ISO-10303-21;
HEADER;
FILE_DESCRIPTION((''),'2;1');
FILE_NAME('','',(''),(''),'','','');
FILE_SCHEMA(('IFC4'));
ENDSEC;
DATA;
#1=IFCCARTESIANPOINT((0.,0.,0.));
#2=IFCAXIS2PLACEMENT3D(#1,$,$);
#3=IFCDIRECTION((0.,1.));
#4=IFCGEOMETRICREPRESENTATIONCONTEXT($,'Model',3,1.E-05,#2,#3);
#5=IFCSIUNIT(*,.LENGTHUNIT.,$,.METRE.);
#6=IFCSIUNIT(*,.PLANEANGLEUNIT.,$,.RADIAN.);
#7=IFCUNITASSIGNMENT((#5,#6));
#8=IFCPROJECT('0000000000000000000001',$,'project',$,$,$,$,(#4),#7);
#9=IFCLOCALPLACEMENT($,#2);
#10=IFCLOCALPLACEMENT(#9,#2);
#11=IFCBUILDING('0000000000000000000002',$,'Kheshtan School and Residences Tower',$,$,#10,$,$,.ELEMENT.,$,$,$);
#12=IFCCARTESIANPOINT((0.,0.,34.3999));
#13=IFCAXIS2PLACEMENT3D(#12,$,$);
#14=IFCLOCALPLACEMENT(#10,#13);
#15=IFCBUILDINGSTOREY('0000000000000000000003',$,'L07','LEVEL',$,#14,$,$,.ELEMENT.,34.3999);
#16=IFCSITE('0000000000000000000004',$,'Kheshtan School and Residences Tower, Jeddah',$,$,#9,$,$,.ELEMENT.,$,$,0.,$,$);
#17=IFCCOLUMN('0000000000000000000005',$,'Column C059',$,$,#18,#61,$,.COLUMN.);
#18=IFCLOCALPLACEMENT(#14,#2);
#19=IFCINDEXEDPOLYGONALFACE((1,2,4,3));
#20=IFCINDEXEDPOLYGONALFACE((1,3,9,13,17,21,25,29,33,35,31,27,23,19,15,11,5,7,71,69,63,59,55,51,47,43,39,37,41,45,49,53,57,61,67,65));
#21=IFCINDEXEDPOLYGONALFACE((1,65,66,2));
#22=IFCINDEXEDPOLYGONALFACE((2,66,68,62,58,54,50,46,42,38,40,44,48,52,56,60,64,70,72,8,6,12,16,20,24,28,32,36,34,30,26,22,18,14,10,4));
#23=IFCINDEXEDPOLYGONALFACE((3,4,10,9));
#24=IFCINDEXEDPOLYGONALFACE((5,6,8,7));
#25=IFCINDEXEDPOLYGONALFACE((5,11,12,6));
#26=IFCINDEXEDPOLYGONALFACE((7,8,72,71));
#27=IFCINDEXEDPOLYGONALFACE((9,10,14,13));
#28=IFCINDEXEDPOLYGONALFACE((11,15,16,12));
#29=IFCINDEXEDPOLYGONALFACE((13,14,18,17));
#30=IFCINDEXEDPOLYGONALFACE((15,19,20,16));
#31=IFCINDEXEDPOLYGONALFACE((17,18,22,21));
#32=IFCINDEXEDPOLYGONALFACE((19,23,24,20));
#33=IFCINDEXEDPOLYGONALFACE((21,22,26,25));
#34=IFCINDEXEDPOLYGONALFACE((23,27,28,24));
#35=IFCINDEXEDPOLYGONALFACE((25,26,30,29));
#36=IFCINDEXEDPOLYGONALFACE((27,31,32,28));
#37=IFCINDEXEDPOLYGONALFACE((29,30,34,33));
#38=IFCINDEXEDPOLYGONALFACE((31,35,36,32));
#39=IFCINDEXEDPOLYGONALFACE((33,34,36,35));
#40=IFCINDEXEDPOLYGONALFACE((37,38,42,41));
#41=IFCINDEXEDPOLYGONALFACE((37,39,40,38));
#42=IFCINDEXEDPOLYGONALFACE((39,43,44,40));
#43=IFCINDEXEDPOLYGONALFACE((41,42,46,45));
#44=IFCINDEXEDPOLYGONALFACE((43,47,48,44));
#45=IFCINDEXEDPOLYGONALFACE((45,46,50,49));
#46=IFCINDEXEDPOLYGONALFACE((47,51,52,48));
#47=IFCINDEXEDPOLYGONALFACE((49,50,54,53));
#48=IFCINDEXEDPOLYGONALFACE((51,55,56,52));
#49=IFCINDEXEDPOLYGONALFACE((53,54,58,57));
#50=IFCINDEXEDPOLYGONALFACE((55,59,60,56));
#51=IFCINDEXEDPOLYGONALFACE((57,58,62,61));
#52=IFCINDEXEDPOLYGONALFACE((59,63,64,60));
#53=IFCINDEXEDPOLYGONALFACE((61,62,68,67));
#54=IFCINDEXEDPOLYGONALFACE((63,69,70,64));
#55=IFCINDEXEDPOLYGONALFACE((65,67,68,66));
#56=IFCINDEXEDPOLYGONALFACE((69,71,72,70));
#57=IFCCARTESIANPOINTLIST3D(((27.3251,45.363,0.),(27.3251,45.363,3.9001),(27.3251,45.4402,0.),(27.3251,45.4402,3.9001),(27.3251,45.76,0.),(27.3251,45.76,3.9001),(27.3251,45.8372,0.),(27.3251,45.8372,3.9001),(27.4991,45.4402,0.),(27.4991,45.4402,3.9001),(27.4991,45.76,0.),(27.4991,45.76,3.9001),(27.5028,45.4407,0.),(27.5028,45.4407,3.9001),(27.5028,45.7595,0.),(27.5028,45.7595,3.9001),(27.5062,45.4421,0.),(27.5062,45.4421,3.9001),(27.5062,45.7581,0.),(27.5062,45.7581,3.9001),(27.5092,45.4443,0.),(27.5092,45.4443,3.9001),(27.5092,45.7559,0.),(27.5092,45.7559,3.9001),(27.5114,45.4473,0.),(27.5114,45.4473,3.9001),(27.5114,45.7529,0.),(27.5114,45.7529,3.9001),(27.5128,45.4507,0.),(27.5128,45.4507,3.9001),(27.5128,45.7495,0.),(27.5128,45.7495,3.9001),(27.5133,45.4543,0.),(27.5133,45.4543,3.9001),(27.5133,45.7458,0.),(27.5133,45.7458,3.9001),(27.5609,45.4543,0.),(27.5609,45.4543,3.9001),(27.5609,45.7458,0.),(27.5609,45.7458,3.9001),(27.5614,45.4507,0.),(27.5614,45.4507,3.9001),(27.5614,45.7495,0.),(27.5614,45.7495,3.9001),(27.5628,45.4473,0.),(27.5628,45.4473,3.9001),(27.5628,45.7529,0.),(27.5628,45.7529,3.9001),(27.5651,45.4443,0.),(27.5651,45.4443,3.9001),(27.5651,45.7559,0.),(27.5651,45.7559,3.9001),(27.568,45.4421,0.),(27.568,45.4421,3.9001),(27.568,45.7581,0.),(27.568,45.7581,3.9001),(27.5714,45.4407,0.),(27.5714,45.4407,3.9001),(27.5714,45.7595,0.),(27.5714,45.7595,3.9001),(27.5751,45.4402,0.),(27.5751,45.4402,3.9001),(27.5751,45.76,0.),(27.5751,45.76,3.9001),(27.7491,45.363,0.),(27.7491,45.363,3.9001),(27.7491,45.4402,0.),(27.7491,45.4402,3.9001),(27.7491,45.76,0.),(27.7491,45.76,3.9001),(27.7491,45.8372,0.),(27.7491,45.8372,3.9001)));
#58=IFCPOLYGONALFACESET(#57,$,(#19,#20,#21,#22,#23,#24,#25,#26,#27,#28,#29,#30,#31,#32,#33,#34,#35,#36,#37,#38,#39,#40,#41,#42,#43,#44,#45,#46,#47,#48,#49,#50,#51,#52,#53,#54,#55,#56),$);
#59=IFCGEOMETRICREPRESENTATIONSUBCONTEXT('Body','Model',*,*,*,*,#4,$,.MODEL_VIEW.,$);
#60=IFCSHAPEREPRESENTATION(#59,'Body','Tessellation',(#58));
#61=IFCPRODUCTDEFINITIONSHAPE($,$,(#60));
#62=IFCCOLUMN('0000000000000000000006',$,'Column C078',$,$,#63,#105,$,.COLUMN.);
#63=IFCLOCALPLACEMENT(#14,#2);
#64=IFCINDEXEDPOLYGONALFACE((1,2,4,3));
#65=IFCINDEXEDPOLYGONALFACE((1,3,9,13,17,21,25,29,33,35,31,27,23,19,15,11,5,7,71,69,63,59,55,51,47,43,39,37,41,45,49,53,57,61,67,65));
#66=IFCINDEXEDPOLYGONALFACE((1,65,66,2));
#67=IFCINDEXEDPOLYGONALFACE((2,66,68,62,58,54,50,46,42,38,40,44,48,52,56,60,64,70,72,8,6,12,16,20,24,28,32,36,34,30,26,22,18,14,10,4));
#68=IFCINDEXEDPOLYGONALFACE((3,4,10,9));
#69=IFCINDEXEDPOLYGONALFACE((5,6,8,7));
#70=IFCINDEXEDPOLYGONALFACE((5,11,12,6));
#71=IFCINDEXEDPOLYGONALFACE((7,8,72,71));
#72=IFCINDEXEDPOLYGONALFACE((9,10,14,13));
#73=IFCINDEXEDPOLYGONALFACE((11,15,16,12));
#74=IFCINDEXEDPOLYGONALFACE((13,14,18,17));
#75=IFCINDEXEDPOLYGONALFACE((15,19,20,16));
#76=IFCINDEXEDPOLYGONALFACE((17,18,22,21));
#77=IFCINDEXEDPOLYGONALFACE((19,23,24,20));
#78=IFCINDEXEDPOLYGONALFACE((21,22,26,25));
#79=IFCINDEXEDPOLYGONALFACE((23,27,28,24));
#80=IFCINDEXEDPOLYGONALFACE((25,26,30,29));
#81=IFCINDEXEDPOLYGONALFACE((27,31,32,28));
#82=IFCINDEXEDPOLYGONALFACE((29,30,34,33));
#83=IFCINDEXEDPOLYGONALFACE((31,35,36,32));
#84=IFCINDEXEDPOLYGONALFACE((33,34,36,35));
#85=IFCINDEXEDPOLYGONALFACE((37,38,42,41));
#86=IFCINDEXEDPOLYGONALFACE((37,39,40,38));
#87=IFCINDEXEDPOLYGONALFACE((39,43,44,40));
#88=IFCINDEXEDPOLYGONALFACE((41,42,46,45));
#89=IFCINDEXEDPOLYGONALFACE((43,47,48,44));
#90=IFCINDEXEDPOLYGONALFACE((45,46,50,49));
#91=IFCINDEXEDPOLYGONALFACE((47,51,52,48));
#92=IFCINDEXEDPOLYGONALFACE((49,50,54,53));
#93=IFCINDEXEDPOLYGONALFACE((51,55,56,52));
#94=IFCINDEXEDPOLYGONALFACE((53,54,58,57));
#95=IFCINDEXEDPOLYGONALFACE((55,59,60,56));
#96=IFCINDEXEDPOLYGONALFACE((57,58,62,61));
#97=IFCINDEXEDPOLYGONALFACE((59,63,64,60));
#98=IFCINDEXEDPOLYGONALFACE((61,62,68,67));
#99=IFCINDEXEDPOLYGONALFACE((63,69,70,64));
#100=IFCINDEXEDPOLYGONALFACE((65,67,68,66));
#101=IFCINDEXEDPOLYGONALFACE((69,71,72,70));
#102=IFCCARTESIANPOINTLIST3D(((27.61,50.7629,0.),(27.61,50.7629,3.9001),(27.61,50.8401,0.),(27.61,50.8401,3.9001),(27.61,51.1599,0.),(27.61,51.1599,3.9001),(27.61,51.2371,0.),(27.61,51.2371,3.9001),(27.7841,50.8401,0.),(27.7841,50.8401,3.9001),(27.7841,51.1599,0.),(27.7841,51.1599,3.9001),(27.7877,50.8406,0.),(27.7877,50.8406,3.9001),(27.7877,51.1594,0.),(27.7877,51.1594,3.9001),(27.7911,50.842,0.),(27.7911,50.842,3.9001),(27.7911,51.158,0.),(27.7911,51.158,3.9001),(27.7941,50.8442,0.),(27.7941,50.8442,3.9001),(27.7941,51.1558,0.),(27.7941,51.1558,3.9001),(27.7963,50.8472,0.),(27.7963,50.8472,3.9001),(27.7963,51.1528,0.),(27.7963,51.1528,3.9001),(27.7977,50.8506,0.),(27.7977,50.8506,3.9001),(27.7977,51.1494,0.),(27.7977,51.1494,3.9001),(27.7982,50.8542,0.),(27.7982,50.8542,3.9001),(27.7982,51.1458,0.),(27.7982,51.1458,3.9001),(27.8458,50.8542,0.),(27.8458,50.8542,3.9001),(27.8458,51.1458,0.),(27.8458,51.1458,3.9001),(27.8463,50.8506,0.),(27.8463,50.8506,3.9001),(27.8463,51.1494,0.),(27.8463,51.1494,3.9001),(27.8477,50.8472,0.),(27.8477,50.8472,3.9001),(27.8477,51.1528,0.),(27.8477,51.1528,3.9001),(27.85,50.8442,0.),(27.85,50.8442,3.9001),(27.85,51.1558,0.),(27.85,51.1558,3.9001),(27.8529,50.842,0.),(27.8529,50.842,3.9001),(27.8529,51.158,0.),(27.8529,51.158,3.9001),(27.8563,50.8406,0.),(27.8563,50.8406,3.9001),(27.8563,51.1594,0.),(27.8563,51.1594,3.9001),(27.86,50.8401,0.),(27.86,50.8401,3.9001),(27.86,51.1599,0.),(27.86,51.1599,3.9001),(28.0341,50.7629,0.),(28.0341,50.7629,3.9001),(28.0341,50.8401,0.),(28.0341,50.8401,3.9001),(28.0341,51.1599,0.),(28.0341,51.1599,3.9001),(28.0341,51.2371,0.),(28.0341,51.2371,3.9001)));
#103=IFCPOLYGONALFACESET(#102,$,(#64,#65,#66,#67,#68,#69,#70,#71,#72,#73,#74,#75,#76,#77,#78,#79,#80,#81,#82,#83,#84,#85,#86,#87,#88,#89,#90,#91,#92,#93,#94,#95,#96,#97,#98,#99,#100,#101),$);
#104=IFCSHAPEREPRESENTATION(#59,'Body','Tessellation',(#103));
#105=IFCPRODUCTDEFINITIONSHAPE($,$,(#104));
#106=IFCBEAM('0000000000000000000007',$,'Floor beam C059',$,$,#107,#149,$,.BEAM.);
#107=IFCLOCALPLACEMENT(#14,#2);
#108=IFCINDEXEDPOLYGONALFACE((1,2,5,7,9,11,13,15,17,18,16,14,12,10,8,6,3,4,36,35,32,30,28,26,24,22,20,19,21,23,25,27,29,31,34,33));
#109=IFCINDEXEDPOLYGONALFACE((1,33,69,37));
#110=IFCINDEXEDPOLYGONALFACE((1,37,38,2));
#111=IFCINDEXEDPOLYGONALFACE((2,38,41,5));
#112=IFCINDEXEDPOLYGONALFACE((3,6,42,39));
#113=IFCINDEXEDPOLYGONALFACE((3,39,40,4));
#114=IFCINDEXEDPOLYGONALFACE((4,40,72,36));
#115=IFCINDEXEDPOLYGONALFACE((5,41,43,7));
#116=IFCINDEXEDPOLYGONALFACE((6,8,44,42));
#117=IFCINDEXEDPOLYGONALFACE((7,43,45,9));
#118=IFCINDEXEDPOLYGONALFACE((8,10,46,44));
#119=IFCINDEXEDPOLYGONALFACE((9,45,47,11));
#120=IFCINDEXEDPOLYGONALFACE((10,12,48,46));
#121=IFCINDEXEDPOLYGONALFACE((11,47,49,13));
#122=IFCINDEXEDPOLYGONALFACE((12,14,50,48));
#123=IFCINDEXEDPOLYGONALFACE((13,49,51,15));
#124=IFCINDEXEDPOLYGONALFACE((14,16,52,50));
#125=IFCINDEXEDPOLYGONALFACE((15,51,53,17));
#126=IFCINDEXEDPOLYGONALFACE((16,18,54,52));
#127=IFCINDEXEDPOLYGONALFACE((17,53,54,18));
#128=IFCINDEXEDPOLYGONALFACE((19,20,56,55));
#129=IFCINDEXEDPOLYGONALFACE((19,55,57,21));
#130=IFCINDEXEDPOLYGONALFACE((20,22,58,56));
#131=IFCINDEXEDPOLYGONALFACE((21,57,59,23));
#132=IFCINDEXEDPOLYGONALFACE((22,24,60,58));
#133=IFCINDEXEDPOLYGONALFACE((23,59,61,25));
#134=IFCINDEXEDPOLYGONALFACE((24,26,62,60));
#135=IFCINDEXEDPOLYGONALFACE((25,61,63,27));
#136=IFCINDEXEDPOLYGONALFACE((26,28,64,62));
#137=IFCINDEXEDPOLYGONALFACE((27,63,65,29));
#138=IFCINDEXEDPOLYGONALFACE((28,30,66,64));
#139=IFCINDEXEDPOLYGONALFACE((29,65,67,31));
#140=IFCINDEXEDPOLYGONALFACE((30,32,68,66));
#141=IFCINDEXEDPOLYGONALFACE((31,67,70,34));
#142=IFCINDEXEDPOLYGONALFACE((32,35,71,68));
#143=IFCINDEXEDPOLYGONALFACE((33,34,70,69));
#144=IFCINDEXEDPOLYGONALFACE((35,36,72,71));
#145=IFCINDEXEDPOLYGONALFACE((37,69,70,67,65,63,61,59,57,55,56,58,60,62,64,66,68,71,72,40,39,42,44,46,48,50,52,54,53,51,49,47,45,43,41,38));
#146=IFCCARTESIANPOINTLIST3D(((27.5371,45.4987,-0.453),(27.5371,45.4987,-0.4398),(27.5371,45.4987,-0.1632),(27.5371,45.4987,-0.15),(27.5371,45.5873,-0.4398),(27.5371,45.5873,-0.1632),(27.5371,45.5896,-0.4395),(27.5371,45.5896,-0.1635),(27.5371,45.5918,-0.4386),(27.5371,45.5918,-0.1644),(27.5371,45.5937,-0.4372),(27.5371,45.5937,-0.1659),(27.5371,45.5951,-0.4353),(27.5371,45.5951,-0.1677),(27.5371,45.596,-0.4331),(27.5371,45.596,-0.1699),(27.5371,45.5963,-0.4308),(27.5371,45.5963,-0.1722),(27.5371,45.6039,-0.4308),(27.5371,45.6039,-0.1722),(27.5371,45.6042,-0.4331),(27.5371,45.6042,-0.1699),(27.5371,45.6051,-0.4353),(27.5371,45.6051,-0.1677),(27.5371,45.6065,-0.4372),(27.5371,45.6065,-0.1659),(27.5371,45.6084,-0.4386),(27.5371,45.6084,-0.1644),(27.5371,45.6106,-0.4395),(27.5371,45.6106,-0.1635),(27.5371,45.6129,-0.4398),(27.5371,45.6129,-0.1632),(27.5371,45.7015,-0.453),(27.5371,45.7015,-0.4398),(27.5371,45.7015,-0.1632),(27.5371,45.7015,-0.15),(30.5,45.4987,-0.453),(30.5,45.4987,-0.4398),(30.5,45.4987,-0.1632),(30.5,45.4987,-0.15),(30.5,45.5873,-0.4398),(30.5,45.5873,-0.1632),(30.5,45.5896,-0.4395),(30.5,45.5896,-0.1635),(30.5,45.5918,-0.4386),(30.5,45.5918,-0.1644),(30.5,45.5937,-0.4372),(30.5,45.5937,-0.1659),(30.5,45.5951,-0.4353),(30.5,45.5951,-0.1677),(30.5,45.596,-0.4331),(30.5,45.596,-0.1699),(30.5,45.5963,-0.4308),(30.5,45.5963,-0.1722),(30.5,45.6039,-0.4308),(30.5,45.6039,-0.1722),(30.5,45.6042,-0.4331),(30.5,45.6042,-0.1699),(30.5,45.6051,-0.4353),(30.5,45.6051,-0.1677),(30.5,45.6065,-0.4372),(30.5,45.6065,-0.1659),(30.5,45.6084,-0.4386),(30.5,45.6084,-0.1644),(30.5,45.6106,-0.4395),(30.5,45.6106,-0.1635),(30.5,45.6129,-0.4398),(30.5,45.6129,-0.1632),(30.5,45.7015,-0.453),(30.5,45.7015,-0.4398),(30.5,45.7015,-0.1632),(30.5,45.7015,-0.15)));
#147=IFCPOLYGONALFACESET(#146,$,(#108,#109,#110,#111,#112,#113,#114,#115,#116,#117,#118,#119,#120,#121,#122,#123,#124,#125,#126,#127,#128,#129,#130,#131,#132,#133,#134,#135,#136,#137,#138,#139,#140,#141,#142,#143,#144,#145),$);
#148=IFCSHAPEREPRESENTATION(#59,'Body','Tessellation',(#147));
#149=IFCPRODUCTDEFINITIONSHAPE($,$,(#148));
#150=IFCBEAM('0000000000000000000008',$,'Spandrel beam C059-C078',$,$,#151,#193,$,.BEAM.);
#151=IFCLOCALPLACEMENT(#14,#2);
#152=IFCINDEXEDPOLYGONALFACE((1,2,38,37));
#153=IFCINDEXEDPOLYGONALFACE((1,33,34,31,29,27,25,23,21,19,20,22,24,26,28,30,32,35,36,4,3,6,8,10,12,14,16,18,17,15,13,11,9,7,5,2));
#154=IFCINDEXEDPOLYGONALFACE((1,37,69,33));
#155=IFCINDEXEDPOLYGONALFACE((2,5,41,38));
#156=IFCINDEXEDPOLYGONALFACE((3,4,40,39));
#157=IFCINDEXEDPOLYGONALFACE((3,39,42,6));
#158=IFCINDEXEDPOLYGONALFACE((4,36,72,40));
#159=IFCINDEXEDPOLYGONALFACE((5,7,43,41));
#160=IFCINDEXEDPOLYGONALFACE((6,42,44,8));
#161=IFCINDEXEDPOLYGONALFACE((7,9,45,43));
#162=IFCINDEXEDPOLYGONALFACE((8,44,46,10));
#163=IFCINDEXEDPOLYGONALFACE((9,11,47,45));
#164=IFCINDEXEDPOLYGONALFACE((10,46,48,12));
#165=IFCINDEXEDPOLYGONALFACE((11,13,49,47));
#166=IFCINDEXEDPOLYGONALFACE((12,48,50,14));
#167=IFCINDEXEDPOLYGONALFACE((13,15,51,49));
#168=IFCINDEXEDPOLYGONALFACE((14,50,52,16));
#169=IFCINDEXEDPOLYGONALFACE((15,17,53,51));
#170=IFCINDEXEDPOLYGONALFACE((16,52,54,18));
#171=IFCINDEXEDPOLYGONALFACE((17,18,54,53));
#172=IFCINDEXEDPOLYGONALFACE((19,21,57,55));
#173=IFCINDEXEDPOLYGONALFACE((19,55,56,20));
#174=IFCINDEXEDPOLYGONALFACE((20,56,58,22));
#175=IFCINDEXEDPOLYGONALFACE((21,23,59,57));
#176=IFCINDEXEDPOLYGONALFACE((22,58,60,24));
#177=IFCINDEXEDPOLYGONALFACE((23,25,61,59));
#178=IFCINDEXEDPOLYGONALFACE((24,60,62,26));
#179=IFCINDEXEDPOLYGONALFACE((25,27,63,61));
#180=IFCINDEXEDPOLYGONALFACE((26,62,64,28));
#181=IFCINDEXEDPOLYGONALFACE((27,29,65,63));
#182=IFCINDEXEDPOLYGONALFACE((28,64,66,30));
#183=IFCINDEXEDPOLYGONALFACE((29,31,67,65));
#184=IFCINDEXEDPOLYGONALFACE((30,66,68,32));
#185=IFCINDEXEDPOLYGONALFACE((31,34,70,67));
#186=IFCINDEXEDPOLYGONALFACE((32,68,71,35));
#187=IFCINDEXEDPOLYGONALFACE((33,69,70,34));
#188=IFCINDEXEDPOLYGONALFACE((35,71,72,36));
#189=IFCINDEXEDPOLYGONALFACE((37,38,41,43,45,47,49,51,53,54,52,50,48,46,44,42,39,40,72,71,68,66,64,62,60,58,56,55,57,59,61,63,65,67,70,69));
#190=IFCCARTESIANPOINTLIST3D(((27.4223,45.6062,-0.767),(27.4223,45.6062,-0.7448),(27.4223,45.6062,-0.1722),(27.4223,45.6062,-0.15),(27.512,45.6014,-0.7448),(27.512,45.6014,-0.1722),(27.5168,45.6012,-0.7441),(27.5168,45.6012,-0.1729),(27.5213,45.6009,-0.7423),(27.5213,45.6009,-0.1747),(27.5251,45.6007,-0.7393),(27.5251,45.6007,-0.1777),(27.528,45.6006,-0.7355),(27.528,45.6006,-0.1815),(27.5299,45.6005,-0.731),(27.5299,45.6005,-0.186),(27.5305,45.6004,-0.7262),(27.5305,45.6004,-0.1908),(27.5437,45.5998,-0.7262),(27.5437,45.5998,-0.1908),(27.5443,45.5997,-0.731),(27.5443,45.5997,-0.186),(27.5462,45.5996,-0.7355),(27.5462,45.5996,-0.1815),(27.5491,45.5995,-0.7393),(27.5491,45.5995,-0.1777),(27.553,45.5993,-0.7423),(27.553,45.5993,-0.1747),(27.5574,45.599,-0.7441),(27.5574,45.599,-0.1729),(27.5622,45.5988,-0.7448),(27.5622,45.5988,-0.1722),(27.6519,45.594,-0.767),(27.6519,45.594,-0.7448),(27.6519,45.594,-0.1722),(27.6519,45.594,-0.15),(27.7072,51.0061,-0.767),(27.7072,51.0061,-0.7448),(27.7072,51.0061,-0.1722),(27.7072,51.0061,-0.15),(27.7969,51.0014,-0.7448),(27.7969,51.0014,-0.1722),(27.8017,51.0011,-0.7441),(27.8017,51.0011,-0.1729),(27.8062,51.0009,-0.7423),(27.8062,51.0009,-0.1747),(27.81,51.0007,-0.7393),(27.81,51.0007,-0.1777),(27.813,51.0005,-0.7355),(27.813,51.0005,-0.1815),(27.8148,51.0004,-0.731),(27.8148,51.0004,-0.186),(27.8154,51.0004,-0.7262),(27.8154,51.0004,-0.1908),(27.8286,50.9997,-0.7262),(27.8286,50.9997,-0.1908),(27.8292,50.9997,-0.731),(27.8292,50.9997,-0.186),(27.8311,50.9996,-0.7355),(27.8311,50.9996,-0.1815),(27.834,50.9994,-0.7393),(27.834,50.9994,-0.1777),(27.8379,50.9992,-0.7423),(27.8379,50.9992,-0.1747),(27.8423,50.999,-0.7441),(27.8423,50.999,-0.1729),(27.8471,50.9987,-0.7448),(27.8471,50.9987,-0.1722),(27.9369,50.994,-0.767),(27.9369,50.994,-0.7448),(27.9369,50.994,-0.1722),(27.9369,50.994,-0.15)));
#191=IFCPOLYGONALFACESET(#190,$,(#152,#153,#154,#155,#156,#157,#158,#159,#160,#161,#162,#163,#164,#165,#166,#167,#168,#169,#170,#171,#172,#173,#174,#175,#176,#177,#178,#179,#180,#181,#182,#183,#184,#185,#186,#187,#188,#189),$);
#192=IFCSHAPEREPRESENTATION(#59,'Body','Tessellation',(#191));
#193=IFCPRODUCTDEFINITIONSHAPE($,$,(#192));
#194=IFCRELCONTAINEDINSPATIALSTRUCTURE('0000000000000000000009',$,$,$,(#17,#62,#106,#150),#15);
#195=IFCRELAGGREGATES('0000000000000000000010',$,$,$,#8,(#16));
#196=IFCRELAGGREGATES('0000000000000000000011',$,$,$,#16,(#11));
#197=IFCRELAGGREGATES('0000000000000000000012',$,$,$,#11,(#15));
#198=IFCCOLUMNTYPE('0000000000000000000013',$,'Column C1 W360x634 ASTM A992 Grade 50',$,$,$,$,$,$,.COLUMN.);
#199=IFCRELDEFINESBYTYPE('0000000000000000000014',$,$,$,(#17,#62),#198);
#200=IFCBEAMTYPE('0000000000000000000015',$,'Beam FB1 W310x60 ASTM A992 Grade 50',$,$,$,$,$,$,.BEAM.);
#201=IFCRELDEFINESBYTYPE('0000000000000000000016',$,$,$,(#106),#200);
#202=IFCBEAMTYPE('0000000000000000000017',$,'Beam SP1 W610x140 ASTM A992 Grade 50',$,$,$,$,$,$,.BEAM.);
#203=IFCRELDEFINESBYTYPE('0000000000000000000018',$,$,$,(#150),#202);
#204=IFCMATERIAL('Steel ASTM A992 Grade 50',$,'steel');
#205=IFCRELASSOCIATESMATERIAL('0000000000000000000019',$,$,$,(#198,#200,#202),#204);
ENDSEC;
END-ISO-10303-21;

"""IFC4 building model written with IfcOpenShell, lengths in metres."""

from ifc_helpers import new_model, si_unit, direction, frame, origin, origin_2d, place, context, subcontext, project, spatial, i_section, extrude, material, material_profile, profile_set, type_object, element, save


model = new_model("IFC4")

# Units and contexts
model_context = context("Model", 3, precision=1e-05, world=origin(), true_north=direction((0.0, 1.0)))
body_context = subcontext(model_context, "Body", "Model", "MODEL_VIEW")
ifc_project = project(units=[si_unit("LENGTHUNIT", "METRE"), si_unit("PLANEANGLEUNIT", "RADIAN")], contexts=[model_context])

# Site, building, storey
site_placement = place(None, origin())
site = spatial("IfcSite", under=ifc_project, at=site_placement, Name="Kheshtan School and Residences Tower, Jeddah", CompositionType="ELEMENT", RefElevation=0.0)
building_placement = place(site_placement, origin())
building = spatial("IfcBuilding", under=site, at=building_placement, Name="Kheshtan School and Residences Tower", CompositionType="ELEMENT")
storey_placement = place(building_placement, frame((0.0, 0.0, 34.3999)))
storey = spatial("IfcBuildingStorey", under=building, at=storey_placement, Name="L07", Description="LEVEL", CompositionType="ELEMENT", Elevation=34.3999)

# Columns
ifc_material_1 = material(Name="Steel ASTM A992 Grade 50", Category="steel")
ifc_material_profile_1 = material_profile(ifc_material_1, i_section(OverallWidth=0.4241, OverallDepth=0.4741, WebThickness=0.0476, FlangeThickness=0.0771, FilletRadius=0.0142, at=origin_2d()), Name="W360x634")
ifc_profile_set_1 = profile_set([ifc_material_profile_1], Name="Steel ASTM A992 Grade 50")
column_type = type_object("IfcColumnType", Name="Column C1 W360x634 ASTM A992 Grade 50", PredefinedType="COLUMN", material=ifc_profile_set_1)
for number, where, z_axis, x_axis, name in (
    (1, (27.5371, 45.6001, 0.0), (0.0, 0.0, 1.0), (1.0, 0.0, 0.0), "Column C059"),
    (2, (27.822, 51.0, 0.0), (0.0, 0.0, 1.0), (1.0, 0.0, 0.0), "Column C078"),
):
    element("IfcColumn", number, at=place(storey_placement, frame(where, z_axis=z_axis, x_axis=x_axis)), inside=storey, type_object=column_type, Name=name, PredefinedType="COLUMN", context=body_context, shape_type="SweptSolid", body=[
        extrude(i_section(OverallWidth=0.4241, OverallDepth=0.4741, WebThickness=0.0476, FlangeThickness=0.0771, FilletRadius=0.0142, at=origin_2d()), origin(), (0.0, 0.0, 1.0), 3.9001),
    ])

# Beams
ifc_material_profile_2 = material_profile(ifc_material_1, i_section(OverallWidth=0.2029, OverallDepth=0.303, WebThickness=0.0076, FlangeThickness=0.0132, FilletRadius=0.009, at=origin_2d()), Name="W310x60")
ifc_profile_set_2 = profile_set([ifc_material_profile_2], Name="Steel ASTM A992 Grade 50")
beam_type_1 = type_object("IfcBeamType", Name="Beam FB1 W310x60 ASTM A992 Grade 50", PredefinedType="BEAM", material=ifc_profile_set_2)
beam_placement = place(storey_placement, frame((27.5371, 45.6001, -0.3015), z_axis=(1.0, 0.0, 0.0), x_axis=(0.0, 1.0, 0.0)))
element("IfcBeam", 3, at=beam_placement, inside=storey, type_object=beam_type_1, Name="Floor beam C059", PredefinedType="BEAM", context=body_context, shape_type="SweptSolid", body=[
    extrude(i_section(OverallWidth=0.2029, OverallDepth=0.303, WebThickness=0.0076, FlangeThickness=0.0132, FilletRadius=0.009, at=origin_2d()), origin(), (0.0, 0.0, 1.0), 2.9629),
])
ifc_material_profile_3 = material_profile(ifc_material_1, i_section(OverallWidth=0.23, OverallDepth=0.6169, WebThickness=0.0132, FlangeThickness=0.0222, FilletRadius=0.0186, at=origin_2d()), Name="W610x140")
ifc_profile_set_3 = profile_set([ifc_material_profile_3], Name="Steel ASTM A992 Grade 50")
beam_type_2 = type_object("IfcBeamType", Name="Beam SP1 W610x140 ASTM A992 Grade 50", PredefinedType="BEAM", material=ifc_profile_set_3)
for number, where, z_axis, x_axis, name in (
    (4, (27.5371, 45.6001, -0.4585), (0.052689, 0.998611, 0.0), (-0.998611, 0.052689, 0.0), "Spandrel beam C059-C078"),
):
    element("IfcBeam", number, at=place(storey_placement, frame(where, z_axis=z_axis, x_axis=x_axis)), inside=storey, type_object=beam_type_2, Name=name, PredefinedType="BEAM", context=body_context, shape_type="SweptSolid", body=[
        extrude(i_section(OverallWidth=0.23, OverallDepth=0.6169, WebThickness=0.0132, FlangeThickness=0.0222, FilletRadius=0.0186, at=origin_2d()), origin(), (0.0, 0.0, 1.0), 5.4075),
    ])

save(model, "model.ifc")
